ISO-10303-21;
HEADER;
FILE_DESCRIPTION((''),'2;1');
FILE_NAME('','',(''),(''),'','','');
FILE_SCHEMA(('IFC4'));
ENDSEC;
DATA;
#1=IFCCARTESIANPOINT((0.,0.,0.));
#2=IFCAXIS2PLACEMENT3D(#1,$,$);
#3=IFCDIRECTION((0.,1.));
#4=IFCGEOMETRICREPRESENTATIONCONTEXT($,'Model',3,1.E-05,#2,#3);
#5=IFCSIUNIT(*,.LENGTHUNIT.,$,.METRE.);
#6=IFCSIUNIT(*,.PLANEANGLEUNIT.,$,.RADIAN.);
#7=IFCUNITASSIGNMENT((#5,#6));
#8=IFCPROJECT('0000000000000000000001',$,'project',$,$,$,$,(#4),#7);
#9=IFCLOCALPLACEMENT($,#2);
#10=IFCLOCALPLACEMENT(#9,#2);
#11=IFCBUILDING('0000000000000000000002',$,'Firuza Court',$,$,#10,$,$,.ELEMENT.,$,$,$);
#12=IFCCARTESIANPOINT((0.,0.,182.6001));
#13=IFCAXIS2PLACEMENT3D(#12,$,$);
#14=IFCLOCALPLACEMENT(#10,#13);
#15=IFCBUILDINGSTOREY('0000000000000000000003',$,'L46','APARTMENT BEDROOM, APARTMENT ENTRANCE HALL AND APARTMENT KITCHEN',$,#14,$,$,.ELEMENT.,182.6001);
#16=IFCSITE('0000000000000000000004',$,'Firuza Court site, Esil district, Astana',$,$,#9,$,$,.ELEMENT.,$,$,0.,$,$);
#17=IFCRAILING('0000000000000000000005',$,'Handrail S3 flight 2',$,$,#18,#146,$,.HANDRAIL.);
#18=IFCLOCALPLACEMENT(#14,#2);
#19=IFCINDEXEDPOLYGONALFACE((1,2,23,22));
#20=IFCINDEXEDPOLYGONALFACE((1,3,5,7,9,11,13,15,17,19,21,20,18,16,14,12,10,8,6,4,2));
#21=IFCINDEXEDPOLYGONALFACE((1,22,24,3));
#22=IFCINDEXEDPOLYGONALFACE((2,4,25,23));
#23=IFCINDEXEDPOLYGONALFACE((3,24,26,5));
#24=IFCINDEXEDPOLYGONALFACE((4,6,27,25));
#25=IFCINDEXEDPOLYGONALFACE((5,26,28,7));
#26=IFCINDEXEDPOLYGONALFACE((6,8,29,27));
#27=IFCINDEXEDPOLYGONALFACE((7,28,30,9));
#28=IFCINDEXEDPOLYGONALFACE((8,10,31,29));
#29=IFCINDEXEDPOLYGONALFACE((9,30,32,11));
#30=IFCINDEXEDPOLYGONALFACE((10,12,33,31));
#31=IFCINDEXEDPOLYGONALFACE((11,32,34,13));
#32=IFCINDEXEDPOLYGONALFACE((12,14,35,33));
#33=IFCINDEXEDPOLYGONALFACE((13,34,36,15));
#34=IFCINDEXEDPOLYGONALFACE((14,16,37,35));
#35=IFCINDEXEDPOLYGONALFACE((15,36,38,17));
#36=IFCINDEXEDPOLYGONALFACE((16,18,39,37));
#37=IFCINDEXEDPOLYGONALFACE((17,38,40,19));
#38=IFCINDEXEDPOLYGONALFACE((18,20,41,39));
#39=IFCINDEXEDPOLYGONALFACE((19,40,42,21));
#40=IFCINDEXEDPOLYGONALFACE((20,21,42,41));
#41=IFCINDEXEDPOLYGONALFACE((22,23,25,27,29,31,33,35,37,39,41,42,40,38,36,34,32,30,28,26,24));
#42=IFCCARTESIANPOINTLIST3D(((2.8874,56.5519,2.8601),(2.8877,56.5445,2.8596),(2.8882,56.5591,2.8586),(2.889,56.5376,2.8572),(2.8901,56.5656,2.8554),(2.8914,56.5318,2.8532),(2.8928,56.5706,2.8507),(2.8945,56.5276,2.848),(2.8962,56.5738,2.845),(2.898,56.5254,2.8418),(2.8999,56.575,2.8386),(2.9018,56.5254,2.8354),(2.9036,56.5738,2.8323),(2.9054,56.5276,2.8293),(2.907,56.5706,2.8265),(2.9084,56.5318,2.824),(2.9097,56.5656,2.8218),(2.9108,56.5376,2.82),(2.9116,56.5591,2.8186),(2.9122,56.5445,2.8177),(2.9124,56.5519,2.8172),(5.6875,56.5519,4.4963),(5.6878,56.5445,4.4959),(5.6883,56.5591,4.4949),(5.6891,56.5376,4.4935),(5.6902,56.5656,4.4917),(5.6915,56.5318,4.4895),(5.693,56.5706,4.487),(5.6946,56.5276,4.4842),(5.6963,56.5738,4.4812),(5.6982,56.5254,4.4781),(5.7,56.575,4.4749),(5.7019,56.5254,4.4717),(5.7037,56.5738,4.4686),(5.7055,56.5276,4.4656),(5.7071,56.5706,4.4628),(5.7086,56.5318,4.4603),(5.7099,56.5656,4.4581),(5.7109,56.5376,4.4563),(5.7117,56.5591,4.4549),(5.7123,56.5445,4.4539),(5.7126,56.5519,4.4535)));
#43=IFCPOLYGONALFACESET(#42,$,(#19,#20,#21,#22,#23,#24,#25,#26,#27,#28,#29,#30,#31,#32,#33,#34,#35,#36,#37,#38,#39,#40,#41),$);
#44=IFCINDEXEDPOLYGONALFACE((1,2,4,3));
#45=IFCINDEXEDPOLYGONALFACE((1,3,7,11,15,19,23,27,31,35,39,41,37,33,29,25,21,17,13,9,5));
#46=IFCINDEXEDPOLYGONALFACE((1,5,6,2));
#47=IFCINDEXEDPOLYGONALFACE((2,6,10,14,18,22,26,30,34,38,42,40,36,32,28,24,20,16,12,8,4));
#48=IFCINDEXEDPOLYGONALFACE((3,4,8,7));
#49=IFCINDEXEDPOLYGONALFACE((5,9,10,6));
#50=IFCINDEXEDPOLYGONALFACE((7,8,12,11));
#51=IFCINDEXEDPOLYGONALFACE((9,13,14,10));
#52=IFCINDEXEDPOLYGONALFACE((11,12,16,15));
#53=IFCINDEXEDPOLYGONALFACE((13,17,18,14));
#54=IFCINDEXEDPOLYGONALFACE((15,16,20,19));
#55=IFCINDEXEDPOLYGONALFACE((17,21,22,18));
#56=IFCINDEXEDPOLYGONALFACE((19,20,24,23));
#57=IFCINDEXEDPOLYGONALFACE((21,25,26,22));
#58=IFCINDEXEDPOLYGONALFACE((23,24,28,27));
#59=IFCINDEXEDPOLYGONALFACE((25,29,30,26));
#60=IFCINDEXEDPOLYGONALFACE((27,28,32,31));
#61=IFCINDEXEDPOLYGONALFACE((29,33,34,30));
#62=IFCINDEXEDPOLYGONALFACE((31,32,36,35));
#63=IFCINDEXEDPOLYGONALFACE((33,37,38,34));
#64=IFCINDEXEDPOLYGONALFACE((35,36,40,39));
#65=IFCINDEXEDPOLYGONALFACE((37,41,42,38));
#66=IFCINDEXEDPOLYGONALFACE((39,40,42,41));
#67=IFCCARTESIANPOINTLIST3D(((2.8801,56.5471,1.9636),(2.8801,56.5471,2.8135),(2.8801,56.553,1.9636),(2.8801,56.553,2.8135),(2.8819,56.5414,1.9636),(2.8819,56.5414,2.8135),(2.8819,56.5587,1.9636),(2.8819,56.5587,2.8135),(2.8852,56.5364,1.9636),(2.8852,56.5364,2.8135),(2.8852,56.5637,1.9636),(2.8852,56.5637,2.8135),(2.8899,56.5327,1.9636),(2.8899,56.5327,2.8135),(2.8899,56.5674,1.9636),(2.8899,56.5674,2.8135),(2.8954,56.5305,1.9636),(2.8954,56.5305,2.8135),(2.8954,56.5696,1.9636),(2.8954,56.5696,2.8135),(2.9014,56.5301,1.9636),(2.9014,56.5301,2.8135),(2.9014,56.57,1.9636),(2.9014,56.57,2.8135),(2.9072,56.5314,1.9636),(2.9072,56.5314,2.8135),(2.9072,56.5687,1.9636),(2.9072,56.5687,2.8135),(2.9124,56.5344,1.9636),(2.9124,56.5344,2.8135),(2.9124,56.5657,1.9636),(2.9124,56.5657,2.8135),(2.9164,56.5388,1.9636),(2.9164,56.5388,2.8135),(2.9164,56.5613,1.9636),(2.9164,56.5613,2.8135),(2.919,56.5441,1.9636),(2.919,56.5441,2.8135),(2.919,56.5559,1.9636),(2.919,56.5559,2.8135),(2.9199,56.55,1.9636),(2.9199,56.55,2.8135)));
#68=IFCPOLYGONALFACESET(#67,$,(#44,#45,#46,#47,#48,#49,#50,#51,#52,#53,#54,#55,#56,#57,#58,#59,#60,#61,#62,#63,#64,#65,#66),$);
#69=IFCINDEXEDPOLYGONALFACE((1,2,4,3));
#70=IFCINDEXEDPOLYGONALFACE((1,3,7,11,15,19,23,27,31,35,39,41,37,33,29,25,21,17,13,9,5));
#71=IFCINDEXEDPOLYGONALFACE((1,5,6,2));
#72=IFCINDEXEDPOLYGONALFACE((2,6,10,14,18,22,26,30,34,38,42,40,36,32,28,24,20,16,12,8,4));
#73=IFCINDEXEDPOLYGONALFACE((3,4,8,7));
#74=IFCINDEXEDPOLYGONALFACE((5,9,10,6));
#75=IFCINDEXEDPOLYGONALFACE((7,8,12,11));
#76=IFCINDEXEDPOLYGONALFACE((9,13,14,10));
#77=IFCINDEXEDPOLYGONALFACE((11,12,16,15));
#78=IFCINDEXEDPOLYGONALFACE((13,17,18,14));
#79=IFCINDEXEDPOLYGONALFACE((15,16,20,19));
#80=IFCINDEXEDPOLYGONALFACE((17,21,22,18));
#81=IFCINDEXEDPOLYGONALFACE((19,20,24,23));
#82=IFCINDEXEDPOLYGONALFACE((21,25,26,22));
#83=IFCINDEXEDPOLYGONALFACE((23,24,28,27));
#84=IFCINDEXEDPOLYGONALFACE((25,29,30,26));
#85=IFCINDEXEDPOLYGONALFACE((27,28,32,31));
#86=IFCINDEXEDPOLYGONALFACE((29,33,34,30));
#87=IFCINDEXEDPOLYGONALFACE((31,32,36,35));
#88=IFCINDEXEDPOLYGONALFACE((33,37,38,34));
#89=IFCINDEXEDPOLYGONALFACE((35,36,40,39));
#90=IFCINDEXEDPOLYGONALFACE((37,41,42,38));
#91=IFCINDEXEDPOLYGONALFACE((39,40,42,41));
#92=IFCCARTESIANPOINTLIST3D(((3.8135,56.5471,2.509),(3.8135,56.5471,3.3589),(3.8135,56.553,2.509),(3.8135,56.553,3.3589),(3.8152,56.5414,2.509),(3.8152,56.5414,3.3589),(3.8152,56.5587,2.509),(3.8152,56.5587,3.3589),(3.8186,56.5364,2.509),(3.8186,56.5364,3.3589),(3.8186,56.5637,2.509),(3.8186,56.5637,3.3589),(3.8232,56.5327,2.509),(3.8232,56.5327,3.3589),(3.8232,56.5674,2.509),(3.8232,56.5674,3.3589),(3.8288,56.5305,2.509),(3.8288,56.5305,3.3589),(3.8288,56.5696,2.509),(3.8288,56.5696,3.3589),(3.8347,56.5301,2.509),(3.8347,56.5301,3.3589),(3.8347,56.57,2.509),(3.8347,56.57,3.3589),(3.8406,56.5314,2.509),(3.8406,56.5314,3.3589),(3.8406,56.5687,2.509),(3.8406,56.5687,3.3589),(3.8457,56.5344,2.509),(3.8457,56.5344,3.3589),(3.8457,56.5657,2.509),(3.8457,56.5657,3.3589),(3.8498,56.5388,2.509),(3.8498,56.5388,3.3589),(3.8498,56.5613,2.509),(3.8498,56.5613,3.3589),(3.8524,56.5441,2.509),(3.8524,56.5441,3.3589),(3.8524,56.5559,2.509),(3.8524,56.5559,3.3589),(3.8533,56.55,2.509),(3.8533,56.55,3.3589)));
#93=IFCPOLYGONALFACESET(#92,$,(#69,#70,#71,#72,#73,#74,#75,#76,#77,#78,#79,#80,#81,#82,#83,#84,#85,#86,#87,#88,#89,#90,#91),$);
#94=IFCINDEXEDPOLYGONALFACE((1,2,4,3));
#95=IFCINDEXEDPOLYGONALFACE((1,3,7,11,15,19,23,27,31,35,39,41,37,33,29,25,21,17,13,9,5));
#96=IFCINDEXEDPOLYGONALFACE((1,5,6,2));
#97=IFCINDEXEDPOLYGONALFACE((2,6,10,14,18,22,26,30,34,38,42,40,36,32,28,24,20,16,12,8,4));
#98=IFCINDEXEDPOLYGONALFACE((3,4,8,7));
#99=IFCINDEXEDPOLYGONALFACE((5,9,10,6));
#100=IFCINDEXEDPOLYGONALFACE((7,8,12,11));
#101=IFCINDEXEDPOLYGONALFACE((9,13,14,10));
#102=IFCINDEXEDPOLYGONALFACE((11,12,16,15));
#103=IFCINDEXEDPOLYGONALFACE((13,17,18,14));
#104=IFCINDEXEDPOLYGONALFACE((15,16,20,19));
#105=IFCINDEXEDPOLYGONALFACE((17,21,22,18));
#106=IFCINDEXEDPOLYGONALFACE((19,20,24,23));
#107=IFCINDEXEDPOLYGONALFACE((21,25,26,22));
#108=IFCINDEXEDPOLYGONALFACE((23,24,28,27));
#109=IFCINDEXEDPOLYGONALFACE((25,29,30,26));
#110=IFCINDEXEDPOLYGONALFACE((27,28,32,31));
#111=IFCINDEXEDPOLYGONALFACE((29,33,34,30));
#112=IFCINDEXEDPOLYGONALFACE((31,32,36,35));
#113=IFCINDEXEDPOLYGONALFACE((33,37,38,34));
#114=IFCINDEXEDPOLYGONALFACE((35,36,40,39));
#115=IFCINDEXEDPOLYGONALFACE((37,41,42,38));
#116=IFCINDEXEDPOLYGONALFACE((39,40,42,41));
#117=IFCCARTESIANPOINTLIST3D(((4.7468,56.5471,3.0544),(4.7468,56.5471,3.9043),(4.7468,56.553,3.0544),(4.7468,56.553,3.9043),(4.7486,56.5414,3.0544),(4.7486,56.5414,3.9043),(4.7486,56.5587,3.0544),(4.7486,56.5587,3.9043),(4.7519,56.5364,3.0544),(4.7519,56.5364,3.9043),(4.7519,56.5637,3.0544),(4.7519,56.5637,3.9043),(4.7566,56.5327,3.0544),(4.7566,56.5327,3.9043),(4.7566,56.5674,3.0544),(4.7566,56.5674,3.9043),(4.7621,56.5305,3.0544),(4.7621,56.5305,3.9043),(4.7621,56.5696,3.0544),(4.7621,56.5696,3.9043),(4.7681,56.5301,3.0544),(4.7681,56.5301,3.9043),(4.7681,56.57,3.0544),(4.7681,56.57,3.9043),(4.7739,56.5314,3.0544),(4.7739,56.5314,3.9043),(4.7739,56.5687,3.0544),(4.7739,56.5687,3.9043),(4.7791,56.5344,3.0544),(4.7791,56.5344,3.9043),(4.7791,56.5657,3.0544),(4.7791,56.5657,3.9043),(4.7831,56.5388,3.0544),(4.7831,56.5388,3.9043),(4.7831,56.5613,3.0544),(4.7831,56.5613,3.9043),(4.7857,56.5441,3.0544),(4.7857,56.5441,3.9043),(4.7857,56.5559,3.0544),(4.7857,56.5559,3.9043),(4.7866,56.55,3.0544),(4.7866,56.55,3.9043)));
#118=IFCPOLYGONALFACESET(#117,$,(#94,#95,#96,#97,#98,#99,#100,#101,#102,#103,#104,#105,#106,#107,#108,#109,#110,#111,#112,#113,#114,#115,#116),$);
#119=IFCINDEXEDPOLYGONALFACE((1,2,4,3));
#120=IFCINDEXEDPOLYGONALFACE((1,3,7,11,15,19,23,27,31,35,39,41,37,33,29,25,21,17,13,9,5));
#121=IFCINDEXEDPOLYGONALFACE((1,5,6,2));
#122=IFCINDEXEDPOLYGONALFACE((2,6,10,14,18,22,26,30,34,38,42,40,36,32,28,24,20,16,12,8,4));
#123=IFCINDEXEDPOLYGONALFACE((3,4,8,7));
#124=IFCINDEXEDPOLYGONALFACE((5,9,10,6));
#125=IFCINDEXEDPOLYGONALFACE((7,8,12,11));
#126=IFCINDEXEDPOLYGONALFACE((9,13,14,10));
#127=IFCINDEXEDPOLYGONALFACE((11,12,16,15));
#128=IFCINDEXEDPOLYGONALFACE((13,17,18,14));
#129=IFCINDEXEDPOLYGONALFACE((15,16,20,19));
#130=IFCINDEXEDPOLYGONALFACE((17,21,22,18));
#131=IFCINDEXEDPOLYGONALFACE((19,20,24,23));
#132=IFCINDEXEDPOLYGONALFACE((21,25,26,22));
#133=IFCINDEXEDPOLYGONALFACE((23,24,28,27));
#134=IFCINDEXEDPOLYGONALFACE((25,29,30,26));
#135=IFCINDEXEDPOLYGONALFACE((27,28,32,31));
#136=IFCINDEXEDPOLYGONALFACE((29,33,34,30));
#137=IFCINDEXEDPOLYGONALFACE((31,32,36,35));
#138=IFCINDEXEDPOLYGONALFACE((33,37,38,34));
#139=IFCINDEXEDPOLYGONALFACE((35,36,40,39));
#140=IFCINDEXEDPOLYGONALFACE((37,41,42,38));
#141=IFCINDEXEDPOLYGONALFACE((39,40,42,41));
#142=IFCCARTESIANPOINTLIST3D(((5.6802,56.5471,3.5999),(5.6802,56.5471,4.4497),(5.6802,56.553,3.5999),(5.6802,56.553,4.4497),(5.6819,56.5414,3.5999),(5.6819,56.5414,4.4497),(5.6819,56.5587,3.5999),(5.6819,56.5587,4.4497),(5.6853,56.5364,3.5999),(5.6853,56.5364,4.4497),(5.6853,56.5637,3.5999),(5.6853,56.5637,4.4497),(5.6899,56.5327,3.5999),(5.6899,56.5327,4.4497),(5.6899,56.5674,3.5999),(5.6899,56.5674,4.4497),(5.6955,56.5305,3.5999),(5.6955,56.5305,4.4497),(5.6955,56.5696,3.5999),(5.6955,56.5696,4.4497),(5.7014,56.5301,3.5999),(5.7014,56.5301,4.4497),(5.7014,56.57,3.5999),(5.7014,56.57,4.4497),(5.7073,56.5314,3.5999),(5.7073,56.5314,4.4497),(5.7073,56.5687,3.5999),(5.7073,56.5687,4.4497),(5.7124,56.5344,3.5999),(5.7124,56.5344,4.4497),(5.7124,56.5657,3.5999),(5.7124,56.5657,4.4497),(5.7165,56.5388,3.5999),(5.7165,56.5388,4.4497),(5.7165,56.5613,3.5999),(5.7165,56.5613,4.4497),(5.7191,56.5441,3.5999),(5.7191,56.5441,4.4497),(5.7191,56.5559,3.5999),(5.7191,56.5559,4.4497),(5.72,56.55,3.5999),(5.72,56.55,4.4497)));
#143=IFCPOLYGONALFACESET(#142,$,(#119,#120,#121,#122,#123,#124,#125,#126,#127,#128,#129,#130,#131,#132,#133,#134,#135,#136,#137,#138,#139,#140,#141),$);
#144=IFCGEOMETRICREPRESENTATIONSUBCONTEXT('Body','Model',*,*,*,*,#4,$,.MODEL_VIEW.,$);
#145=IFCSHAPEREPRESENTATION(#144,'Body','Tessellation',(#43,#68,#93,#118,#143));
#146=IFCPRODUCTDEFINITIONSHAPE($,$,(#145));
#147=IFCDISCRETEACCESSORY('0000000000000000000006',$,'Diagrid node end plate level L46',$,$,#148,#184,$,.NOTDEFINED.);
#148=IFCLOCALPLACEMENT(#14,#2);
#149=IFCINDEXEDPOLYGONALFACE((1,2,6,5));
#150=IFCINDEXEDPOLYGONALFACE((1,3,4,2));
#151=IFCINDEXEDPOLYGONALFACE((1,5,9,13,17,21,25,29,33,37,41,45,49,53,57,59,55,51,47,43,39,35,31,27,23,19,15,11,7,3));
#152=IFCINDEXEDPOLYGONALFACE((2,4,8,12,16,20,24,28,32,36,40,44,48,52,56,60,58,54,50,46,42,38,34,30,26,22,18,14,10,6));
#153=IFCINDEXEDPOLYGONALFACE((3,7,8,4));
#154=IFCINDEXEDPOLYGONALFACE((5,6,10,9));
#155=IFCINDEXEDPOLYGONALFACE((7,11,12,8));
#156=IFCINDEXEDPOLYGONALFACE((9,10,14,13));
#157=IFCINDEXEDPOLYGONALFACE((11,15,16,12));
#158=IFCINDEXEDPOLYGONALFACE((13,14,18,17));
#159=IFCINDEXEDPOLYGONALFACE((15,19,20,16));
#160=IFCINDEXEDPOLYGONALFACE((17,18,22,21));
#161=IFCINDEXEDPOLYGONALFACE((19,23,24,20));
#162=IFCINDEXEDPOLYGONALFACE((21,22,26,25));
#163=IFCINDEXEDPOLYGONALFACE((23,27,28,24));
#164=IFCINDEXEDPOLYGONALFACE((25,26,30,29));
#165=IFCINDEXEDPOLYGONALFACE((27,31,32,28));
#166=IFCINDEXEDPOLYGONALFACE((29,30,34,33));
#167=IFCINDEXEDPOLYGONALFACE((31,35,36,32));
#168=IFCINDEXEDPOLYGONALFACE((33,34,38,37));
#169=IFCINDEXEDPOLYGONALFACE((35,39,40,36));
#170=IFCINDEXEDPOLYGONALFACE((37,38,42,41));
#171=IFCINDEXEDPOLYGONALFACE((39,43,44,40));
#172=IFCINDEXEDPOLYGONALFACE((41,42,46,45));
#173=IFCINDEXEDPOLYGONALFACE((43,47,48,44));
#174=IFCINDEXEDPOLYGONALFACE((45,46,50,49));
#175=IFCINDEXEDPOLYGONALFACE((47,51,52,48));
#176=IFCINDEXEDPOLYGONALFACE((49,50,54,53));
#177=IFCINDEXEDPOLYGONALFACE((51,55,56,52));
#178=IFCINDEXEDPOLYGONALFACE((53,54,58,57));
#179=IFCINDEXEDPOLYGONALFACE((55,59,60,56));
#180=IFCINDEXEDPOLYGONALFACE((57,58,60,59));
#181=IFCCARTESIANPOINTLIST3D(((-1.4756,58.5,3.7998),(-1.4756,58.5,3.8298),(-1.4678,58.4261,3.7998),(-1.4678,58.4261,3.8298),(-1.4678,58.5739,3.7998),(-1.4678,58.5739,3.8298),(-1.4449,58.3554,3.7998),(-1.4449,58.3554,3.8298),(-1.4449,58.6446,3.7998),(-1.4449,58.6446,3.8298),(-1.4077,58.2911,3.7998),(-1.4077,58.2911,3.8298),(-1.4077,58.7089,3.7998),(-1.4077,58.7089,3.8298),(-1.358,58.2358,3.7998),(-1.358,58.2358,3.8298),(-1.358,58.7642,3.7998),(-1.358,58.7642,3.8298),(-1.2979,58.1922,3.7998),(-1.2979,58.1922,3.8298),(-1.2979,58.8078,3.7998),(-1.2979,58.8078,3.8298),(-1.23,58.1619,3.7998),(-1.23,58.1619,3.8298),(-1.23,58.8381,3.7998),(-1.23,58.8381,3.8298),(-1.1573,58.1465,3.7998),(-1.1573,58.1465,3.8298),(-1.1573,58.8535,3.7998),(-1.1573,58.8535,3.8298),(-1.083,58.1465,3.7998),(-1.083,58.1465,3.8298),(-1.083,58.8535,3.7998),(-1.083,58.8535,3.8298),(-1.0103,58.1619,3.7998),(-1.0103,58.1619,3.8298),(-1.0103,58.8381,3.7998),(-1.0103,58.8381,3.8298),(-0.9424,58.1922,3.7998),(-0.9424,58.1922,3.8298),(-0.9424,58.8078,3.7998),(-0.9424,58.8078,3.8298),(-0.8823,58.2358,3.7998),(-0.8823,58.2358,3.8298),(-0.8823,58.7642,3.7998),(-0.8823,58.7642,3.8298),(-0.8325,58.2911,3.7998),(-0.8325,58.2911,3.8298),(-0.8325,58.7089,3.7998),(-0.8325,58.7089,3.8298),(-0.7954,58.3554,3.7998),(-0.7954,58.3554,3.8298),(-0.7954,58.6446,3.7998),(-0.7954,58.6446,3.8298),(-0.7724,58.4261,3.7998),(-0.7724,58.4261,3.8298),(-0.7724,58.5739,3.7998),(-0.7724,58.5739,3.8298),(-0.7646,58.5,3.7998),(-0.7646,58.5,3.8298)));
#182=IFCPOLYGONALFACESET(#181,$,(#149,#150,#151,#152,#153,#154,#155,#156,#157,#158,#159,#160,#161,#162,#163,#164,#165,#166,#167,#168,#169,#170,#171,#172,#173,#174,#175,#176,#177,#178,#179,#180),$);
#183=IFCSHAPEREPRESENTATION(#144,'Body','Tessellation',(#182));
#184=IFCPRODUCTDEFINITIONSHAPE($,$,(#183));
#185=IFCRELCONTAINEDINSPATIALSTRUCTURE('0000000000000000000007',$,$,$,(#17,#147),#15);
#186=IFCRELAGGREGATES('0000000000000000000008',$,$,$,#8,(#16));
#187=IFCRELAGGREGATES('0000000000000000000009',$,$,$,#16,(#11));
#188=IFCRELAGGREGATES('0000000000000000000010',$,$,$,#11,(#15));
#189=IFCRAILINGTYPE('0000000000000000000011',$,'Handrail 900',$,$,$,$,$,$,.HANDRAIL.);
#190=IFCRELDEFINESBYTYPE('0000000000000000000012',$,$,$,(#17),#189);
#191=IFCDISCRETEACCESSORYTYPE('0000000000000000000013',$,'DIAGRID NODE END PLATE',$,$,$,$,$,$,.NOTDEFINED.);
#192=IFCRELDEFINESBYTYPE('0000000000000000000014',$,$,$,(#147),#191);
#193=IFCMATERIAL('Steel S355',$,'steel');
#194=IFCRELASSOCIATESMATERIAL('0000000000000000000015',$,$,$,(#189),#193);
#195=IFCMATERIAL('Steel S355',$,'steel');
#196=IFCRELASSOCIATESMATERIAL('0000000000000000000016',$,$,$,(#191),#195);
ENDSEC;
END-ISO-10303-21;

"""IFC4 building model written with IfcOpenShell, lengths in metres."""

from ifc_helpers import new_model, si_unit, direction, frame, origin, origin_2d, place, context, subcontext, project, spatial, circle, extrude, material, material_profile, profile_set, type_object, element, save


model = new_model("IFC4")

# Units and contexts
model_context = context("Model", 3, precision=1e-05, world=origin(), true_north=direction((0.0, 1.0)))
body_context = subcontext(model_context, "Body", "Model", "MODEL_VIEW")
ifc_project = project(units=[si_unit("LENGTHUNIT", "METRE"), si_unit("PLANEANGLEUNIT", "RADIAN")], contexts=[model_context])

# Site, building, storey
site_placement = place(None, origin())
site = spatial("IfcSite", under=ifc_project, at=site_placement, Name="Firuza Court site, Esil district, Astana", CompositionType="ELEMENT", RefElevation=0.0)
building_placement = place(site_placement, origin())
building = spatial("IfcBuilding", under=site, at=building_placement, Name="Firuza Court", CompositionType="ELEMENT")
storey_placement = place(building_placement, frame((0.0, 0.0, 182.6001)))
storey = spatial("IfcBuildingStorey", under=building, at=storey_placement, Name="L46", Description="APARTMENT BEDROOM, APARTMENT ENTRANCE HALL AND APARTMENT KITCHEN", CompositionType="ELEMENT", Elevation=182.6001)

# Railing
ifc_material_1 = material(Name="Steel S355", Category="steel")
railing_type_1 = type_object("IfcRailingType", Name="Handrail 900", PredefinedType="HANDRAIL", material=ifc_material_1)
railing_1_placement = place(storey_placement, frame((2.8999, 56.55, 1.9636)))
element("IfcRailing", 1, at=railing_1_placement, inside=storey, type_object=railing_type_1, Name="Handrail S3 flight 2", PredefinedType="HANDRAIL", context=body_context, shape_type="SweptSolid", body=[
    extrude(circle(Radius=0.0249, at=origin_2d()), frame((0.0, 0.0, 0.875), z_axis=(0.863394, 0.0, 0.504531), x_axis=(0.0, 1.0, 0.0)), (0.0, 0.0, 1.0), 3.2432),
    extrude(circle(Radius=0.02, at=origin_2d()), origin(), (0.0, 0.0, 1.0), 0.8499),
    extrude(circle(Radius=0.02, at=origin_2d()), frame((0.9333, 0.0, 0.5454)), (0.0, 0.0, 1.0), 0.8499),
    extrude(circle(Radius=0.02, at=origin_2d()), frame((1.8667, 0.0, 1.0908)), (0.0, 0.0, 1.0), 0.8499),
    extrude(circle(Radius=0.02, at=origin_2d()), frame((2.8, 0.0, 1.6362)), (0.0, 0.0, 1.0), 0.8499),
])

# Discrete accessory
ifc_material_2 = material(Name="Steel S355", Category="steel")
ifc_material_profile_1 = material_profile(ifc_material_2, circle(Radius=0.3555, at=origin_2d()), Name="PL D711")
ifc_profile_set_1 = profile_set([ifc_material_profile_1], Name="Steel S355")
discrete_accessory_type = type_object("IfcDiscreteAccessoryType", Name="DIAGRID NODE END PLATE", PredefinedType="NOTDEFINED", material=ifc_profile_set_1)
for number, where, z_axis, x_axis, name in (
    (2, (-1.1201, 58.5, 3.7998), (0.0, 0.0, 1.0), (1.0, 0.0, 0.0), "Diagrid node end plate level L46"),
):
    element("IfcDiscreteAccessory", number, at=place(storey_placement, frame(where, z_axis=z_axis, x_axis=x_axis)), inside=storey, type_object=discrete_accessory_type, Name=name, PredefinedType="NOTDEFINED", context=body_context, shape_type="SweptSolid", body=[
        extrude(circle(Radius=0.3555, at=origin_2d()), origin(), (0.0, 0.0, 1.0), 0.03),
    ])

save(model, "model.ifc")
